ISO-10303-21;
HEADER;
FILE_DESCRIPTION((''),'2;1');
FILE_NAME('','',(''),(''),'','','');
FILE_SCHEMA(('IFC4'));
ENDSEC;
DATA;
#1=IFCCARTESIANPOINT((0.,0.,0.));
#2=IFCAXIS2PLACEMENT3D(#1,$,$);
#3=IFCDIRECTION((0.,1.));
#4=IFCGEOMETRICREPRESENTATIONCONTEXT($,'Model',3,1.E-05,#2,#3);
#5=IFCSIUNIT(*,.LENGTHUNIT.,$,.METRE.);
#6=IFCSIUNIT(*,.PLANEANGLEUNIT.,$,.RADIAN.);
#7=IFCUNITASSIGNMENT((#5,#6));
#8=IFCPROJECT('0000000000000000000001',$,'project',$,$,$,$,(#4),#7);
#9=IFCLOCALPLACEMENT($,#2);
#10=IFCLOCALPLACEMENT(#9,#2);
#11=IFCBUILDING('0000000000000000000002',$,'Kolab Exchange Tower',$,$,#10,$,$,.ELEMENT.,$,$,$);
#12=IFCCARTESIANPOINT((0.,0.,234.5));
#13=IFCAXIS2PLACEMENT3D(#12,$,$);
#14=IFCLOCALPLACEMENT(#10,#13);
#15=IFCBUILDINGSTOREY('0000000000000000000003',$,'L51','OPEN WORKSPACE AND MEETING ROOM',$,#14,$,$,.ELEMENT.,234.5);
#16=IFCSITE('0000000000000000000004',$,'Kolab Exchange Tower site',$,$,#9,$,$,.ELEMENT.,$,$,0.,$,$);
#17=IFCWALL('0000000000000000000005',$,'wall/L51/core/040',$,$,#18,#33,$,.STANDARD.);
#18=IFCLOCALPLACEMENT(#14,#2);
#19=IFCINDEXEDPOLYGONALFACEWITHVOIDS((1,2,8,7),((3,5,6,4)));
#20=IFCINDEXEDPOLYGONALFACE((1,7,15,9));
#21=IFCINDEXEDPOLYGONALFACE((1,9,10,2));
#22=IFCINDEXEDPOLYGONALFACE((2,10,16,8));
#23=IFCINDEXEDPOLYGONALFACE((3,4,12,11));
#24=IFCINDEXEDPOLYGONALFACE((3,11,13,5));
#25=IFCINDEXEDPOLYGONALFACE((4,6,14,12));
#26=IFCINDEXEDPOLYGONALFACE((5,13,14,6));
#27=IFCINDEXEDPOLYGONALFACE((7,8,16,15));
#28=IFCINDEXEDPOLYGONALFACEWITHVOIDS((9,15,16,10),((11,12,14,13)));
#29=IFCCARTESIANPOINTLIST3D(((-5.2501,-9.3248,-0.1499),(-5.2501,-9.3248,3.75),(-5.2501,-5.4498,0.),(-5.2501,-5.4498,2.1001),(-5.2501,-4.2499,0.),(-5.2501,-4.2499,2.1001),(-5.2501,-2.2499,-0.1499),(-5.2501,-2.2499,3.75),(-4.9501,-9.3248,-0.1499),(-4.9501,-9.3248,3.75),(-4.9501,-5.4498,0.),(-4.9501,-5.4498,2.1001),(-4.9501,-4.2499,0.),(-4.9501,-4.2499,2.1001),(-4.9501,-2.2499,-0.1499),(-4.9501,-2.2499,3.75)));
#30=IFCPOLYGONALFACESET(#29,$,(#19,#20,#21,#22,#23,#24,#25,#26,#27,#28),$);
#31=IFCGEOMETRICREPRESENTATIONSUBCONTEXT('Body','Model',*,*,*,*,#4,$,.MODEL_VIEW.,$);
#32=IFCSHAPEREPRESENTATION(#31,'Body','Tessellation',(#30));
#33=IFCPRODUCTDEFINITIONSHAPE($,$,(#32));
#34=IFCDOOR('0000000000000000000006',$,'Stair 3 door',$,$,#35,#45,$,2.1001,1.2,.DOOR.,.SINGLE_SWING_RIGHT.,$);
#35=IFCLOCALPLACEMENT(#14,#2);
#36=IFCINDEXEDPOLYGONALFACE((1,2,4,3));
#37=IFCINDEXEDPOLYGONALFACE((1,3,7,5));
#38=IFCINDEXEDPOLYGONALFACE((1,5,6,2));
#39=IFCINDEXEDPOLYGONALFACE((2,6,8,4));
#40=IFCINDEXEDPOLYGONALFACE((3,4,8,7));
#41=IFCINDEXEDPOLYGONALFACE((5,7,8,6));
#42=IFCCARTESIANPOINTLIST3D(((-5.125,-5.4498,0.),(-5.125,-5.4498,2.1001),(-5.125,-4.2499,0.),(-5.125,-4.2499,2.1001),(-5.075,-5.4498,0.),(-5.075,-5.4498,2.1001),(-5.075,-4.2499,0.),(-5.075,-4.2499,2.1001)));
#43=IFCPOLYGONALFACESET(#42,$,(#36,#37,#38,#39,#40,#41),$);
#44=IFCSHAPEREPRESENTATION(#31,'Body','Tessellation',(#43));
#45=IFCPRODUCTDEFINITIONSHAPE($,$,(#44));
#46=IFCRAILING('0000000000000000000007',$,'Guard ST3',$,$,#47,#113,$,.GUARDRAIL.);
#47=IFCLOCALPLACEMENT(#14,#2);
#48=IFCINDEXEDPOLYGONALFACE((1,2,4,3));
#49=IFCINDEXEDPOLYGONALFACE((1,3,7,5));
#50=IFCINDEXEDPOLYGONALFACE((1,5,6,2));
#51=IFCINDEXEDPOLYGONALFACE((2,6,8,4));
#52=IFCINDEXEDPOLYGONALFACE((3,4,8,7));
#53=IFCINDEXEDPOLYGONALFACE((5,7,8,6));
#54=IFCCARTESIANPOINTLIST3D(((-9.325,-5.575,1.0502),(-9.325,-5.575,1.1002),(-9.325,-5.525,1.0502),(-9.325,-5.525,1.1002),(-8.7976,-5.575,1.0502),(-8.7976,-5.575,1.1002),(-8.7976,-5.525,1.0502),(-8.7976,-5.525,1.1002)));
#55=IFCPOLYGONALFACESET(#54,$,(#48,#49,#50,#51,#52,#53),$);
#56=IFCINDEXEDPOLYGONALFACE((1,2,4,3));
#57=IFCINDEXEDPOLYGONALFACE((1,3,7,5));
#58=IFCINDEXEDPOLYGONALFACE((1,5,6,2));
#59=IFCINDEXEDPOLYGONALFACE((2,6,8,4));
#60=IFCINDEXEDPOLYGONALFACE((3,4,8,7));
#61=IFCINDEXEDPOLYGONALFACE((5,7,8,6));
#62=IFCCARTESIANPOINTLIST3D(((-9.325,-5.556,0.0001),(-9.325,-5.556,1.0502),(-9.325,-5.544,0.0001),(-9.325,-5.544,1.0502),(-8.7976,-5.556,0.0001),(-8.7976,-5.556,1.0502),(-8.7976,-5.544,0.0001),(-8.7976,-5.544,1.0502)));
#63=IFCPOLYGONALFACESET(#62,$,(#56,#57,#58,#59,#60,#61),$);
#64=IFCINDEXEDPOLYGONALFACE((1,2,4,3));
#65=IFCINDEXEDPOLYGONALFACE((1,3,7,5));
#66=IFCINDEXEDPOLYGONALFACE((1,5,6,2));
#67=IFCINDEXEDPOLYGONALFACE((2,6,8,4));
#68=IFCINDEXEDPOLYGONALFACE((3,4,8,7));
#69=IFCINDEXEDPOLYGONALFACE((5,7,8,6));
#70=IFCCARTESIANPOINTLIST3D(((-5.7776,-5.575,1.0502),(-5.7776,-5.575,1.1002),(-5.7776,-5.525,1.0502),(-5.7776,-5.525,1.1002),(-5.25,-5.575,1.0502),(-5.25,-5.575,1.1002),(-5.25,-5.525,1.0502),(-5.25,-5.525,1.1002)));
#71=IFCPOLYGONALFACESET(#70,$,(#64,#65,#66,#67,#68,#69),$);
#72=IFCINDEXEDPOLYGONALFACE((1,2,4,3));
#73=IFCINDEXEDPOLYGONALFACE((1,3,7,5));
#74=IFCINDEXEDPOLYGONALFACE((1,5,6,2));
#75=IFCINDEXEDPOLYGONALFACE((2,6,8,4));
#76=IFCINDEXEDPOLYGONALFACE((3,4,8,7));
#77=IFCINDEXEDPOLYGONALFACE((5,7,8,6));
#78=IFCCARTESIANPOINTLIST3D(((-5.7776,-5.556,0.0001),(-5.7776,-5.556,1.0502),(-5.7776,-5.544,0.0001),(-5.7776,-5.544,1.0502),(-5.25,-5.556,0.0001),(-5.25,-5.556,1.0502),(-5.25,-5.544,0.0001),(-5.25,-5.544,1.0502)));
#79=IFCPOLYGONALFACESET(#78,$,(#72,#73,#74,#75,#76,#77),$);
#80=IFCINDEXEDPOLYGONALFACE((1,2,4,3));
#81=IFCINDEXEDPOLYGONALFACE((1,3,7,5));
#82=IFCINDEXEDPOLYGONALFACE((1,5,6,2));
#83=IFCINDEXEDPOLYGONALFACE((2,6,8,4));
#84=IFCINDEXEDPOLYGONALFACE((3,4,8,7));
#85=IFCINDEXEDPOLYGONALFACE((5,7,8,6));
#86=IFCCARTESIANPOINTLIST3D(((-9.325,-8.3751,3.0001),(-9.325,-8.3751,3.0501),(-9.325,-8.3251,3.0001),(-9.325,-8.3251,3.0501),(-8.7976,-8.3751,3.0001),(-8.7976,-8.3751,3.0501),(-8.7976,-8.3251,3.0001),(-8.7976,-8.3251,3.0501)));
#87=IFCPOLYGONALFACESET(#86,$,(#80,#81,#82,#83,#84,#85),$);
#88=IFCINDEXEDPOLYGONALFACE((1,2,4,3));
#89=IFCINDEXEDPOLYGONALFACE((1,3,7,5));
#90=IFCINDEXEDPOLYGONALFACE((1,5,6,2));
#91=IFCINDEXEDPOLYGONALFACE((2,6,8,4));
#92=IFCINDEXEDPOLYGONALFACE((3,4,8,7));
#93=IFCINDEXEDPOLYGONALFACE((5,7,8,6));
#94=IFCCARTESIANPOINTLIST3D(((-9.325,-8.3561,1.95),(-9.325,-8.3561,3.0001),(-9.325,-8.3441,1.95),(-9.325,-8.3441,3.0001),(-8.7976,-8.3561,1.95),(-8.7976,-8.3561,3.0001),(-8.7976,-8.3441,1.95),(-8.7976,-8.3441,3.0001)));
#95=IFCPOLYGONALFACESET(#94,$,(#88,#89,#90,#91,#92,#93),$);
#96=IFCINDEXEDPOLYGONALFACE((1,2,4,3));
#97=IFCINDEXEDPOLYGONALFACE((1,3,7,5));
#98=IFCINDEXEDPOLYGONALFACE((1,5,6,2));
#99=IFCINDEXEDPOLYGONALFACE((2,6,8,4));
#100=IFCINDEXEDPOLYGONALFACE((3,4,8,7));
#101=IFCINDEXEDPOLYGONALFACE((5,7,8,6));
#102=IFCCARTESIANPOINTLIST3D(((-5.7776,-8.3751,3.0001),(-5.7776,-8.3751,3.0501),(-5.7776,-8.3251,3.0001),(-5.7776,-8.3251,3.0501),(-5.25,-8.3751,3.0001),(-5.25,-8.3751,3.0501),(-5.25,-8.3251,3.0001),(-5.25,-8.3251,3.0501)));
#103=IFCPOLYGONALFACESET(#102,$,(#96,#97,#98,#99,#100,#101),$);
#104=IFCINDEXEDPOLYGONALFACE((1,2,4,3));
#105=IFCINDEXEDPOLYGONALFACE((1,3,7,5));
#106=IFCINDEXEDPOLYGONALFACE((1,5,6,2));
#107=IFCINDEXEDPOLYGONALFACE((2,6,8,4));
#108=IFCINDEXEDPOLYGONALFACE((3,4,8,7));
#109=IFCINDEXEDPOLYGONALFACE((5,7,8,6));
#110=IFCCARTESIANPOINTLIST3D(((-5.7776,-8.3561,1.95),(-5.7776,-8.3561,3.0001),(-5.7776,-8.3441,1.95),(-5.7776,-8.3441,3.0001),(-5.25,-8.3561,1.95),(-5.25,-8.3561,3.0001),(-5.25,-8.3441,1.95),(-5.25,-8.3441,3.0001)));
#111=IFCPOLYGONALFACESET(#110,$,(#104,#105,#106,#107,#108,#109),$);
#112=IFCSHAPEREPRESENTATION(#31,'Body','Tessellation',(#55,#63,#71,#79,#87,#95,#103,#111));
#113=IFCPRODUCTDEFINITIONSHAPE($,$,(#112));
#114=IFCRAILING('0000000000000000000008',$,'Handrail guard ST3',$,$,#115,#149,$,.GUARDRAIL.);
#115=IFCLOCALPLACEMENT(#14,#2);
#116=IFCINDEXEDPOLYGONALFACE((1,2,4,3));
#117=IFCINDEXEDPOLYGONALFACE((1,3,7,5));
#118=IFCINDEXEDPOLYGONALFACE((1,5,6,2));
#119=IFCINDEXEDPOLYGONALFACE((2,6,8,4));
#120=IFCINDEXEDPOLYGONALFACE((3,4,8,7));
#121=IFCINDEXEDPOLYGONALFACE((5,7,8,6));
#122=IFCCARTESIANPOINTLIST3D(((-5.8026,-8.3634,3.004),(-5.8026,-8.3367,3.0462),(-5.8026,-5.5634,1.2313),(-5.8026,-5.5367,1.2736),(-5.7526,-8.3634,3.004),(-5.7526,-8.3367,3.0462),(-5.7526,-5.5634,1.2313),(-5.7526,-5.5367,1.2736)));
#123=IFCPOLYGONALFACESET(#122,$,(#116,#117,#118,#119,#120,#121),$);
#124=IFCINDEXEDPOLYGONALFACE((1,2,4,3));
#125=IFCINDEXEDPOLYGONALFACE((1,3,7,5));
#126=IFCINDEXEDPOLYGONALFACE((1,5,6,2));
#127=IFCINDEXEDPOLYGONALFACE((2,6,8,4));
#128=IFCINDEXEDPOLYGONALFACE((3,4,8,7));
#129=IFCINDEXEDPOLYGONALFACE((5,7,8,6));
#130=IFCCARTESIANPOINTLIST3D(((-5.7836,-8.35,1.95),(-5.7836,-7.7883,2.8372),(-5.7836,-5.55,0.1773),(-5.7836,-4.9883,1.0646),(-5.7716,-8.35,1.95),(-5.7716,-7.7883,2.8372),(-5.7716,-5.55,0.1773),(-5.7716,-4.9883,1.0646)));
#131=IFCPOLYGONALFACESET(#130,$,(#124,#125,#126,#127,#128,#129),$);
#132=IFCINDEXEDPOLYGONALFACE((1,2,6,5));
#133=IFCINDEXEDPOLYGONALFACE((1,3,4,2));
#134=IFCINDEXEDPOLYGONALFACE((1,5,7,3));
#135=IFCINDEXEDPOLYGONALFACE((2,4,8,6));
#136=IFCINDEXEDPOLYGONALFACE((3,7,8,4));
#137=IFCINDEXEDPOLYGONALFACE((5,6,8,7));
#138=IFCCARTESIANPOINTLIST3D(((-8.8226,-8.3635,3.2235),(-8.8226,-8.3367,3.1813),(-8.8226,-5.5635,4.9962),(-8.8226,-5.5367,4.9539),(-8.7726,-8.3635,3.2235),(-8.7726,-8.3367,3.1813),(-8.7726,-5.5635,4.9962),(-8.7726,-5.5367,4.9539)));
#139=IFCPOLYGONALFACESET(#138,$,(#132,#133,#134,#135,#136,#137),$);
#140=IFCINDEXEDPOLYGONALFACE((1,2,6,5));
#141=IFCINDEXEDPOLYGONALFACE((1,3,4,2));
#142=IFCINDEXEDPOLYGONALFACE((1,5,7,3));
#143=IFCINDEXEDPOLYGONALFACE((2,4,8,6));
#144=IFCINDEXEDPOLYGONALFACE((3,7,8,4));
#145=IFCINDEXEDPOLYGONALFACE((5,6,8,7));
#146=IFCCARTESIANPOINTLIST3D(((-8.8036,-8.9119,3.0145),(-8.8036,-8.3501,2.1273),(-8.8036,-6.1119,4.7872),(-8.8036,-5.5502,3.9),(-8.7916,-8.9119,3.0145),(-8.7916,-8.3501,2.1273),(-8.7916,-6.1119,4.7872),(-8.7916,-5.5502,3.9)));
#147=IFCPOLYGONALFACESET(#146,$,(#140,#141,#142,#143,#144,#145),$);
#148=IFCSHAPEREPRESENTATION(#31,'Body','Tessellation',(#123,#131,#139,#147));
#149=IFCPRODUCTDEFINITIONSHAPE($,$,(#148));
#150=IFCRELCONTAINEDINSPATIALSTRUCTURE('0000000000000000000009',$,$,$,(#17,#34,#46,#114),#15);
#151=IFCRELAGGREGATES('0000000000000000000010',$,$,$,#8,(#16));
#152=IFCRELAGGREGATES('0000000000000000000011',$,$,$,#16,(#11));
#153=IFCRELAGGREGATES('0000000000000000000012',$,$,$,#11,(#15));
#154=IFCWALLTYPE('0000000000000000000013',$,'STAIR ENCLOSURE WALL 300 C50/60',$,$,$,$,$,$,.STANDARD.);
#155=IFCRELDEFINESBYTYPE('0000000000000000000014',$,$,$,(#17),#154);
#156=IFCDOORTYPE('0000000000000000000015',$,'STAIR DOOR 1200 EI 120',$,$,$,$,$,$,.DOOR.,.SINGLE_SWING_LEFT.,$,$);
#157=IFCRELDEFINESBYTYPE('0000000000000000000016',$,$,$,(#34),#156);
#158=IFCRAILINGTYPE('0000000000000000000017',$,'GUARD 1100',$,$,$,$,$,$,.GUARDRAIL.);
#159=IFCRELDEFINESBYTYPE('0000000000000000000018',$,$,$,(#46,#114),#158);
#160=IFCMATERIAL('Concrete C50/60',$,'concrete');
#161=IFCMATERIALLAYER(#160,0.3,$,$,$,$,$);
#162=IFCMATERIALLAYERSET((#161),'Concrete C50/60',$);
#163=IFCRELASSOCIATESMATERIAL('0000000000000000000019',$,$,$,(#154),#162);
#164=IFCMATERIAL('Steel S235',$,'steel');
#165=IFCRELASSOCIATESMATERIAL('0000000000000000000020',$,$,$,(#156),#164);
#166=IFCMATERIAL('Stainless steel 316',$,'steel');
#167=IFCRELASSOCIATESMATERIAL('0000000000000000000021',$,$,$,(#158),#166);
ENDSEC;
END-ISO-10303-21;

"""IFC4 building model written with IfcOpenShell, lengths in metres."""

from ifc_helpers import new_model, si_unit, direction, frame, frame_2d, origin, origin_2d, place, context, subcontext, project, spatial, rectangle, extrude, material, layer, layer_set, type_object, element, fill, save


model = new_model("IFC4")

# Units and contexts
model_context = context("Model", 3, precision=1e-05, world=origin(), true_north=direction((0.0, 1.0)))
body_context = subcontext(model_context, "Body", "Model", "MODEL_VIEW")
ifc_project = project(units=[si_unit("LENGTHUNIT", "METRE"), si_unit("PLANEANGLEUNIT", "RADIAN")], contexts=[model_context])

# Site, building, storey
site_placement = place(None, origin())
site = spatial("IfcSite", under=ifc_project, at=site_placement, Name="Kolab Exchange Tower site", CompositionType="ELEMENT", RefElevation=0.0)
building_placement = place(site_placement, origin())
building = spatial("IfcBuilding", under=site, at=building_placement, Name="Kolab Exchange Tower", CompositionType="ELEMENT")
storey_placement = place(building_placement, frame((0.0, 0.0, 234.5)))
storey = spatial("IfcBuildingStorey", under=building, at=storey_placement, Name="L51", Description="OPEN WORKSPACE AND MEETING ROOM", CompositionType="ELEMENT", Elevation=234.5)

# Shared definitions
ifc_material_1 = material(Name="Concrete C50/60", Category="concrete")
ifc_material_2 = material(Name="Steel S235", Category="steel")

# Shared definitions
ifc_material_3 = material(Name="Stainless steel 316", Category="steel")

# Shared definitions
ifc_layer_1 = layer(ifc_material_1, 0.3)
ifc_layer_set_1 = layer_set([ifc_layer_1], Name="Concrete C50/60")
wall_type_1 = type_object("IfcWallType", Name="STAIR ENCLOSURE WALL 300 C50/60", PredefinedType="STANDARD", material=ifc_layer_set_1)

# Wall, opening, door
wall_1_placement = place(storey_placement, frame((-5.1001, -9.325, -0.1499), z_axis=(0.0, 0.0, 1.0), x_axis=(0.0, 1.0, 0.0)))
wall_1 = element("IfcWall", 1, at=wall_1_placement, inside=storey, type_object=wall_type_1, Name="wall/L51/core/040", PredefinedType="STANDARD", context=body_context, shape_type="SweptSolid", body=[
    extrude(rectangle(XDim=7.075, YDim=0.3, at=frame_2d((3.5376, 0.0))), origin(), (0.0, 0.0, 1.0), 3.8999),
])
opening_1_placement = place(wall_1_placement, frame((3.875, 0.0, 0.1499)))
opening_1 = element("IfcOpeningElement", 2, at=opening_1_placement, cuts=wall_1, PredefinedType="OPENING", context=body_context, shape_type="SweptSolid", body=[
    extrude(rectangle(XDim=1.2, YDim=2.1001, at=frame_2d((0.6001, 1.05))), frame((0.0, 0.1602, 0.0), z_axis=(0.0, -1.0, 0.0), x_axis=(1.0, 0.0, 0.0)), (0.0, 0.0, 1.0), 0.3201),
])
door_type_1 = type_object("IfcDoorType", Name="STAIR DOOR 1200 EI 120", OperationType="SINGLE_SWING_LEFT", PredefinedType="DOOR", material=ifc_material_2)
door_1_placement = place(opening_1_placement, origin())
door_1 = element("IfcDoor", 3, at=door_1_placement, inside=storey, type_object=door_type_1, Name="Stair 3 door", OperationType="SINGLE_SWING_RIGHT", OverallHeight=2.1001, OverallWidth=1.2, PredefinedType="DOOR", context=body_context, shape_type="SweptSolid", body=[
    extrude(rectangle(XDim=1.2, YDim=2.1001, at=frame_2d((0.6001, 1.05))), frame((0.0, 0.0249, 0.0), z_axis=(0.0, -1.0, 0.0), x_axis=(1.0, 0.0, 0.0)), (0.0, 0.0, 1.0), 0.05),
])
fill(opening_1, door_1)

# Railings
railing_type = type_object("IfcRailingType", Name="GUARD 1100", PredefinedType="GUARDRAIL", material=ifc_material_3)
railing_1_placement = place(storey_placement, frame((-9.325, -5.55, 0.0)))
element("IfcRailing", 4, at=railing_1_placement, inside=storey, type_object=railing_type, Name="Guard ST3", PredefinedType="GUARDRAIL", context=body_context, shape_type="SweptSolid", body=[
    extrude(rectangle(XDim=0.05, YDim=0.05, at=origin_2d()), frame((0.0, 0.0, 1.0752), z_axis=(1.0, 0.0, 0.0), x_axis=(0.0, 1.0, 0.0)), (0.0, 0.0, 1.0), 0.5273),
    extrude(rectangle(XDim=0.012, YDim=1.0501, at=frame_2d((0.0, 0.5251))), frame((0.0, 0.0, 0.0), z_axis=(1.0, 0.0, 0.0), x_axis=(0.0, 1.0, 0.0)), (0.0, 0.0, 1.0), 0.5273),
    extrude(rectangle(XDim=0.05, YDim=0.05, at=origin_2d()), frame((3.5474, 0.0, 1.0752), z_axis=(1.0, 0.0, 0.0), x_axis=(0.0, 1.0, 0.0)), (0.0, 0.0, 1.0), 0.5276),
    extrude(rectangle(XDim=0.012, YDim=1.0501, at=frame_2d((0.0, 0.5251))), frame((3.5474, 0.0, 0.0), z_axis=(1.0, 0.0, 0.0), x_axis=(0.0, 1.0, 0.0)), (0.0, 0.0, 1.0), 0.5276),
    extrude(rectangle(XDim=0.05, YDim=0.05, at=origin_2d()), frame((0.0, -2.8, 3.0251), z_axis=(1.0, 0.0, 0.0), x_axis=(0.0, 1.0, 0.0)), (0.0, 0.0, 1.0), 0.5273),
    extrude(rectangle(XDim=0.012, YDim=1.0501, at=frame_2d((0.0, 0.5251))), frame((0.0, -2.8, 1.95), z_axis=(1.0, 0.0, 0.0), x_axis=(0.0, 1.0, 0.0)), (0.0, 0.0, 1.0), 0.5273),
    extrude(rectangle(XDim=0.05, YDim=0.05, at=origin_2d()), frame((3.5474, -2.8, 3.0251), z_axis=(1.0, 0.0, 0.0), x_axis=(0.0, 1.0, 0.0)), (0.0, 0.0, 1.0), 0.5276),
    extrude(rectangle(XDim=0.012, YDim=1.0501, at=frame_2d((0.0, 0.5251))), frame((3.5474, -2.8, 1.95), z_axis=(1.0, 0.0, 0.0), x_axis=(0.0, 1.0, 0.0)), (0.0, 0.0, 1.0), 0.5276),
])
railing_2_placement = place(storey_placement, frame((-5.7776, -5.55, 0.1772)))
element("IfcRailing", 5, at=railing_2_placement, inside=storey, type_object=railing_type, Name="Handrail guard ST3", PredefinedType="GUARDRAIL", context=body_context, shape_type="SweptSolid", body=[
    extrude(rectangle(XDim=0.05, YDim=0.05, at=origin_2d()), frame((0.0, 0.0, 1.0752), z_axis=(0.0, -0.844909, 0.53491), x_axis=(1.0, 0.0, 0.0)), (0.0, 0.0, 1.0), 3.314),
    extrude(rectangle(XDim=0.012, YDim=1.0501, at=frame_2d((0.0, 0.5251))), frame((0.0, 0.0, 0.0), z_axis=(0.0, -0.844909, 0.53491), x_axis=(1.0, 0.0, 0.0)), (0.0, 0.0, 1.0), 3.314),
    extrude(rectangle(XDim=0.05, YDim=0.05, at=origin_2d()), frame((-3.02, -2.8, 3.0251), z_axis=(0.0, 0.844909, 0.53491), x_axis=(-1.0, 0.0, 0.0)), (0.0, 0.0, 1.0), 3.314),
    extrude(rectangle(XDim=0.012, YDim=1.0501, at=frame_2d((0.0, 0.5251))), frame((-3.02, -2.8, 1.95), z_axis=(0.0, 0.844909, 0.53491), x_axis=(-1.0, 0.0, 0.0)), (0.0, 0.0, 1.0), 3.314),
])

save(model, "model.ifc")
